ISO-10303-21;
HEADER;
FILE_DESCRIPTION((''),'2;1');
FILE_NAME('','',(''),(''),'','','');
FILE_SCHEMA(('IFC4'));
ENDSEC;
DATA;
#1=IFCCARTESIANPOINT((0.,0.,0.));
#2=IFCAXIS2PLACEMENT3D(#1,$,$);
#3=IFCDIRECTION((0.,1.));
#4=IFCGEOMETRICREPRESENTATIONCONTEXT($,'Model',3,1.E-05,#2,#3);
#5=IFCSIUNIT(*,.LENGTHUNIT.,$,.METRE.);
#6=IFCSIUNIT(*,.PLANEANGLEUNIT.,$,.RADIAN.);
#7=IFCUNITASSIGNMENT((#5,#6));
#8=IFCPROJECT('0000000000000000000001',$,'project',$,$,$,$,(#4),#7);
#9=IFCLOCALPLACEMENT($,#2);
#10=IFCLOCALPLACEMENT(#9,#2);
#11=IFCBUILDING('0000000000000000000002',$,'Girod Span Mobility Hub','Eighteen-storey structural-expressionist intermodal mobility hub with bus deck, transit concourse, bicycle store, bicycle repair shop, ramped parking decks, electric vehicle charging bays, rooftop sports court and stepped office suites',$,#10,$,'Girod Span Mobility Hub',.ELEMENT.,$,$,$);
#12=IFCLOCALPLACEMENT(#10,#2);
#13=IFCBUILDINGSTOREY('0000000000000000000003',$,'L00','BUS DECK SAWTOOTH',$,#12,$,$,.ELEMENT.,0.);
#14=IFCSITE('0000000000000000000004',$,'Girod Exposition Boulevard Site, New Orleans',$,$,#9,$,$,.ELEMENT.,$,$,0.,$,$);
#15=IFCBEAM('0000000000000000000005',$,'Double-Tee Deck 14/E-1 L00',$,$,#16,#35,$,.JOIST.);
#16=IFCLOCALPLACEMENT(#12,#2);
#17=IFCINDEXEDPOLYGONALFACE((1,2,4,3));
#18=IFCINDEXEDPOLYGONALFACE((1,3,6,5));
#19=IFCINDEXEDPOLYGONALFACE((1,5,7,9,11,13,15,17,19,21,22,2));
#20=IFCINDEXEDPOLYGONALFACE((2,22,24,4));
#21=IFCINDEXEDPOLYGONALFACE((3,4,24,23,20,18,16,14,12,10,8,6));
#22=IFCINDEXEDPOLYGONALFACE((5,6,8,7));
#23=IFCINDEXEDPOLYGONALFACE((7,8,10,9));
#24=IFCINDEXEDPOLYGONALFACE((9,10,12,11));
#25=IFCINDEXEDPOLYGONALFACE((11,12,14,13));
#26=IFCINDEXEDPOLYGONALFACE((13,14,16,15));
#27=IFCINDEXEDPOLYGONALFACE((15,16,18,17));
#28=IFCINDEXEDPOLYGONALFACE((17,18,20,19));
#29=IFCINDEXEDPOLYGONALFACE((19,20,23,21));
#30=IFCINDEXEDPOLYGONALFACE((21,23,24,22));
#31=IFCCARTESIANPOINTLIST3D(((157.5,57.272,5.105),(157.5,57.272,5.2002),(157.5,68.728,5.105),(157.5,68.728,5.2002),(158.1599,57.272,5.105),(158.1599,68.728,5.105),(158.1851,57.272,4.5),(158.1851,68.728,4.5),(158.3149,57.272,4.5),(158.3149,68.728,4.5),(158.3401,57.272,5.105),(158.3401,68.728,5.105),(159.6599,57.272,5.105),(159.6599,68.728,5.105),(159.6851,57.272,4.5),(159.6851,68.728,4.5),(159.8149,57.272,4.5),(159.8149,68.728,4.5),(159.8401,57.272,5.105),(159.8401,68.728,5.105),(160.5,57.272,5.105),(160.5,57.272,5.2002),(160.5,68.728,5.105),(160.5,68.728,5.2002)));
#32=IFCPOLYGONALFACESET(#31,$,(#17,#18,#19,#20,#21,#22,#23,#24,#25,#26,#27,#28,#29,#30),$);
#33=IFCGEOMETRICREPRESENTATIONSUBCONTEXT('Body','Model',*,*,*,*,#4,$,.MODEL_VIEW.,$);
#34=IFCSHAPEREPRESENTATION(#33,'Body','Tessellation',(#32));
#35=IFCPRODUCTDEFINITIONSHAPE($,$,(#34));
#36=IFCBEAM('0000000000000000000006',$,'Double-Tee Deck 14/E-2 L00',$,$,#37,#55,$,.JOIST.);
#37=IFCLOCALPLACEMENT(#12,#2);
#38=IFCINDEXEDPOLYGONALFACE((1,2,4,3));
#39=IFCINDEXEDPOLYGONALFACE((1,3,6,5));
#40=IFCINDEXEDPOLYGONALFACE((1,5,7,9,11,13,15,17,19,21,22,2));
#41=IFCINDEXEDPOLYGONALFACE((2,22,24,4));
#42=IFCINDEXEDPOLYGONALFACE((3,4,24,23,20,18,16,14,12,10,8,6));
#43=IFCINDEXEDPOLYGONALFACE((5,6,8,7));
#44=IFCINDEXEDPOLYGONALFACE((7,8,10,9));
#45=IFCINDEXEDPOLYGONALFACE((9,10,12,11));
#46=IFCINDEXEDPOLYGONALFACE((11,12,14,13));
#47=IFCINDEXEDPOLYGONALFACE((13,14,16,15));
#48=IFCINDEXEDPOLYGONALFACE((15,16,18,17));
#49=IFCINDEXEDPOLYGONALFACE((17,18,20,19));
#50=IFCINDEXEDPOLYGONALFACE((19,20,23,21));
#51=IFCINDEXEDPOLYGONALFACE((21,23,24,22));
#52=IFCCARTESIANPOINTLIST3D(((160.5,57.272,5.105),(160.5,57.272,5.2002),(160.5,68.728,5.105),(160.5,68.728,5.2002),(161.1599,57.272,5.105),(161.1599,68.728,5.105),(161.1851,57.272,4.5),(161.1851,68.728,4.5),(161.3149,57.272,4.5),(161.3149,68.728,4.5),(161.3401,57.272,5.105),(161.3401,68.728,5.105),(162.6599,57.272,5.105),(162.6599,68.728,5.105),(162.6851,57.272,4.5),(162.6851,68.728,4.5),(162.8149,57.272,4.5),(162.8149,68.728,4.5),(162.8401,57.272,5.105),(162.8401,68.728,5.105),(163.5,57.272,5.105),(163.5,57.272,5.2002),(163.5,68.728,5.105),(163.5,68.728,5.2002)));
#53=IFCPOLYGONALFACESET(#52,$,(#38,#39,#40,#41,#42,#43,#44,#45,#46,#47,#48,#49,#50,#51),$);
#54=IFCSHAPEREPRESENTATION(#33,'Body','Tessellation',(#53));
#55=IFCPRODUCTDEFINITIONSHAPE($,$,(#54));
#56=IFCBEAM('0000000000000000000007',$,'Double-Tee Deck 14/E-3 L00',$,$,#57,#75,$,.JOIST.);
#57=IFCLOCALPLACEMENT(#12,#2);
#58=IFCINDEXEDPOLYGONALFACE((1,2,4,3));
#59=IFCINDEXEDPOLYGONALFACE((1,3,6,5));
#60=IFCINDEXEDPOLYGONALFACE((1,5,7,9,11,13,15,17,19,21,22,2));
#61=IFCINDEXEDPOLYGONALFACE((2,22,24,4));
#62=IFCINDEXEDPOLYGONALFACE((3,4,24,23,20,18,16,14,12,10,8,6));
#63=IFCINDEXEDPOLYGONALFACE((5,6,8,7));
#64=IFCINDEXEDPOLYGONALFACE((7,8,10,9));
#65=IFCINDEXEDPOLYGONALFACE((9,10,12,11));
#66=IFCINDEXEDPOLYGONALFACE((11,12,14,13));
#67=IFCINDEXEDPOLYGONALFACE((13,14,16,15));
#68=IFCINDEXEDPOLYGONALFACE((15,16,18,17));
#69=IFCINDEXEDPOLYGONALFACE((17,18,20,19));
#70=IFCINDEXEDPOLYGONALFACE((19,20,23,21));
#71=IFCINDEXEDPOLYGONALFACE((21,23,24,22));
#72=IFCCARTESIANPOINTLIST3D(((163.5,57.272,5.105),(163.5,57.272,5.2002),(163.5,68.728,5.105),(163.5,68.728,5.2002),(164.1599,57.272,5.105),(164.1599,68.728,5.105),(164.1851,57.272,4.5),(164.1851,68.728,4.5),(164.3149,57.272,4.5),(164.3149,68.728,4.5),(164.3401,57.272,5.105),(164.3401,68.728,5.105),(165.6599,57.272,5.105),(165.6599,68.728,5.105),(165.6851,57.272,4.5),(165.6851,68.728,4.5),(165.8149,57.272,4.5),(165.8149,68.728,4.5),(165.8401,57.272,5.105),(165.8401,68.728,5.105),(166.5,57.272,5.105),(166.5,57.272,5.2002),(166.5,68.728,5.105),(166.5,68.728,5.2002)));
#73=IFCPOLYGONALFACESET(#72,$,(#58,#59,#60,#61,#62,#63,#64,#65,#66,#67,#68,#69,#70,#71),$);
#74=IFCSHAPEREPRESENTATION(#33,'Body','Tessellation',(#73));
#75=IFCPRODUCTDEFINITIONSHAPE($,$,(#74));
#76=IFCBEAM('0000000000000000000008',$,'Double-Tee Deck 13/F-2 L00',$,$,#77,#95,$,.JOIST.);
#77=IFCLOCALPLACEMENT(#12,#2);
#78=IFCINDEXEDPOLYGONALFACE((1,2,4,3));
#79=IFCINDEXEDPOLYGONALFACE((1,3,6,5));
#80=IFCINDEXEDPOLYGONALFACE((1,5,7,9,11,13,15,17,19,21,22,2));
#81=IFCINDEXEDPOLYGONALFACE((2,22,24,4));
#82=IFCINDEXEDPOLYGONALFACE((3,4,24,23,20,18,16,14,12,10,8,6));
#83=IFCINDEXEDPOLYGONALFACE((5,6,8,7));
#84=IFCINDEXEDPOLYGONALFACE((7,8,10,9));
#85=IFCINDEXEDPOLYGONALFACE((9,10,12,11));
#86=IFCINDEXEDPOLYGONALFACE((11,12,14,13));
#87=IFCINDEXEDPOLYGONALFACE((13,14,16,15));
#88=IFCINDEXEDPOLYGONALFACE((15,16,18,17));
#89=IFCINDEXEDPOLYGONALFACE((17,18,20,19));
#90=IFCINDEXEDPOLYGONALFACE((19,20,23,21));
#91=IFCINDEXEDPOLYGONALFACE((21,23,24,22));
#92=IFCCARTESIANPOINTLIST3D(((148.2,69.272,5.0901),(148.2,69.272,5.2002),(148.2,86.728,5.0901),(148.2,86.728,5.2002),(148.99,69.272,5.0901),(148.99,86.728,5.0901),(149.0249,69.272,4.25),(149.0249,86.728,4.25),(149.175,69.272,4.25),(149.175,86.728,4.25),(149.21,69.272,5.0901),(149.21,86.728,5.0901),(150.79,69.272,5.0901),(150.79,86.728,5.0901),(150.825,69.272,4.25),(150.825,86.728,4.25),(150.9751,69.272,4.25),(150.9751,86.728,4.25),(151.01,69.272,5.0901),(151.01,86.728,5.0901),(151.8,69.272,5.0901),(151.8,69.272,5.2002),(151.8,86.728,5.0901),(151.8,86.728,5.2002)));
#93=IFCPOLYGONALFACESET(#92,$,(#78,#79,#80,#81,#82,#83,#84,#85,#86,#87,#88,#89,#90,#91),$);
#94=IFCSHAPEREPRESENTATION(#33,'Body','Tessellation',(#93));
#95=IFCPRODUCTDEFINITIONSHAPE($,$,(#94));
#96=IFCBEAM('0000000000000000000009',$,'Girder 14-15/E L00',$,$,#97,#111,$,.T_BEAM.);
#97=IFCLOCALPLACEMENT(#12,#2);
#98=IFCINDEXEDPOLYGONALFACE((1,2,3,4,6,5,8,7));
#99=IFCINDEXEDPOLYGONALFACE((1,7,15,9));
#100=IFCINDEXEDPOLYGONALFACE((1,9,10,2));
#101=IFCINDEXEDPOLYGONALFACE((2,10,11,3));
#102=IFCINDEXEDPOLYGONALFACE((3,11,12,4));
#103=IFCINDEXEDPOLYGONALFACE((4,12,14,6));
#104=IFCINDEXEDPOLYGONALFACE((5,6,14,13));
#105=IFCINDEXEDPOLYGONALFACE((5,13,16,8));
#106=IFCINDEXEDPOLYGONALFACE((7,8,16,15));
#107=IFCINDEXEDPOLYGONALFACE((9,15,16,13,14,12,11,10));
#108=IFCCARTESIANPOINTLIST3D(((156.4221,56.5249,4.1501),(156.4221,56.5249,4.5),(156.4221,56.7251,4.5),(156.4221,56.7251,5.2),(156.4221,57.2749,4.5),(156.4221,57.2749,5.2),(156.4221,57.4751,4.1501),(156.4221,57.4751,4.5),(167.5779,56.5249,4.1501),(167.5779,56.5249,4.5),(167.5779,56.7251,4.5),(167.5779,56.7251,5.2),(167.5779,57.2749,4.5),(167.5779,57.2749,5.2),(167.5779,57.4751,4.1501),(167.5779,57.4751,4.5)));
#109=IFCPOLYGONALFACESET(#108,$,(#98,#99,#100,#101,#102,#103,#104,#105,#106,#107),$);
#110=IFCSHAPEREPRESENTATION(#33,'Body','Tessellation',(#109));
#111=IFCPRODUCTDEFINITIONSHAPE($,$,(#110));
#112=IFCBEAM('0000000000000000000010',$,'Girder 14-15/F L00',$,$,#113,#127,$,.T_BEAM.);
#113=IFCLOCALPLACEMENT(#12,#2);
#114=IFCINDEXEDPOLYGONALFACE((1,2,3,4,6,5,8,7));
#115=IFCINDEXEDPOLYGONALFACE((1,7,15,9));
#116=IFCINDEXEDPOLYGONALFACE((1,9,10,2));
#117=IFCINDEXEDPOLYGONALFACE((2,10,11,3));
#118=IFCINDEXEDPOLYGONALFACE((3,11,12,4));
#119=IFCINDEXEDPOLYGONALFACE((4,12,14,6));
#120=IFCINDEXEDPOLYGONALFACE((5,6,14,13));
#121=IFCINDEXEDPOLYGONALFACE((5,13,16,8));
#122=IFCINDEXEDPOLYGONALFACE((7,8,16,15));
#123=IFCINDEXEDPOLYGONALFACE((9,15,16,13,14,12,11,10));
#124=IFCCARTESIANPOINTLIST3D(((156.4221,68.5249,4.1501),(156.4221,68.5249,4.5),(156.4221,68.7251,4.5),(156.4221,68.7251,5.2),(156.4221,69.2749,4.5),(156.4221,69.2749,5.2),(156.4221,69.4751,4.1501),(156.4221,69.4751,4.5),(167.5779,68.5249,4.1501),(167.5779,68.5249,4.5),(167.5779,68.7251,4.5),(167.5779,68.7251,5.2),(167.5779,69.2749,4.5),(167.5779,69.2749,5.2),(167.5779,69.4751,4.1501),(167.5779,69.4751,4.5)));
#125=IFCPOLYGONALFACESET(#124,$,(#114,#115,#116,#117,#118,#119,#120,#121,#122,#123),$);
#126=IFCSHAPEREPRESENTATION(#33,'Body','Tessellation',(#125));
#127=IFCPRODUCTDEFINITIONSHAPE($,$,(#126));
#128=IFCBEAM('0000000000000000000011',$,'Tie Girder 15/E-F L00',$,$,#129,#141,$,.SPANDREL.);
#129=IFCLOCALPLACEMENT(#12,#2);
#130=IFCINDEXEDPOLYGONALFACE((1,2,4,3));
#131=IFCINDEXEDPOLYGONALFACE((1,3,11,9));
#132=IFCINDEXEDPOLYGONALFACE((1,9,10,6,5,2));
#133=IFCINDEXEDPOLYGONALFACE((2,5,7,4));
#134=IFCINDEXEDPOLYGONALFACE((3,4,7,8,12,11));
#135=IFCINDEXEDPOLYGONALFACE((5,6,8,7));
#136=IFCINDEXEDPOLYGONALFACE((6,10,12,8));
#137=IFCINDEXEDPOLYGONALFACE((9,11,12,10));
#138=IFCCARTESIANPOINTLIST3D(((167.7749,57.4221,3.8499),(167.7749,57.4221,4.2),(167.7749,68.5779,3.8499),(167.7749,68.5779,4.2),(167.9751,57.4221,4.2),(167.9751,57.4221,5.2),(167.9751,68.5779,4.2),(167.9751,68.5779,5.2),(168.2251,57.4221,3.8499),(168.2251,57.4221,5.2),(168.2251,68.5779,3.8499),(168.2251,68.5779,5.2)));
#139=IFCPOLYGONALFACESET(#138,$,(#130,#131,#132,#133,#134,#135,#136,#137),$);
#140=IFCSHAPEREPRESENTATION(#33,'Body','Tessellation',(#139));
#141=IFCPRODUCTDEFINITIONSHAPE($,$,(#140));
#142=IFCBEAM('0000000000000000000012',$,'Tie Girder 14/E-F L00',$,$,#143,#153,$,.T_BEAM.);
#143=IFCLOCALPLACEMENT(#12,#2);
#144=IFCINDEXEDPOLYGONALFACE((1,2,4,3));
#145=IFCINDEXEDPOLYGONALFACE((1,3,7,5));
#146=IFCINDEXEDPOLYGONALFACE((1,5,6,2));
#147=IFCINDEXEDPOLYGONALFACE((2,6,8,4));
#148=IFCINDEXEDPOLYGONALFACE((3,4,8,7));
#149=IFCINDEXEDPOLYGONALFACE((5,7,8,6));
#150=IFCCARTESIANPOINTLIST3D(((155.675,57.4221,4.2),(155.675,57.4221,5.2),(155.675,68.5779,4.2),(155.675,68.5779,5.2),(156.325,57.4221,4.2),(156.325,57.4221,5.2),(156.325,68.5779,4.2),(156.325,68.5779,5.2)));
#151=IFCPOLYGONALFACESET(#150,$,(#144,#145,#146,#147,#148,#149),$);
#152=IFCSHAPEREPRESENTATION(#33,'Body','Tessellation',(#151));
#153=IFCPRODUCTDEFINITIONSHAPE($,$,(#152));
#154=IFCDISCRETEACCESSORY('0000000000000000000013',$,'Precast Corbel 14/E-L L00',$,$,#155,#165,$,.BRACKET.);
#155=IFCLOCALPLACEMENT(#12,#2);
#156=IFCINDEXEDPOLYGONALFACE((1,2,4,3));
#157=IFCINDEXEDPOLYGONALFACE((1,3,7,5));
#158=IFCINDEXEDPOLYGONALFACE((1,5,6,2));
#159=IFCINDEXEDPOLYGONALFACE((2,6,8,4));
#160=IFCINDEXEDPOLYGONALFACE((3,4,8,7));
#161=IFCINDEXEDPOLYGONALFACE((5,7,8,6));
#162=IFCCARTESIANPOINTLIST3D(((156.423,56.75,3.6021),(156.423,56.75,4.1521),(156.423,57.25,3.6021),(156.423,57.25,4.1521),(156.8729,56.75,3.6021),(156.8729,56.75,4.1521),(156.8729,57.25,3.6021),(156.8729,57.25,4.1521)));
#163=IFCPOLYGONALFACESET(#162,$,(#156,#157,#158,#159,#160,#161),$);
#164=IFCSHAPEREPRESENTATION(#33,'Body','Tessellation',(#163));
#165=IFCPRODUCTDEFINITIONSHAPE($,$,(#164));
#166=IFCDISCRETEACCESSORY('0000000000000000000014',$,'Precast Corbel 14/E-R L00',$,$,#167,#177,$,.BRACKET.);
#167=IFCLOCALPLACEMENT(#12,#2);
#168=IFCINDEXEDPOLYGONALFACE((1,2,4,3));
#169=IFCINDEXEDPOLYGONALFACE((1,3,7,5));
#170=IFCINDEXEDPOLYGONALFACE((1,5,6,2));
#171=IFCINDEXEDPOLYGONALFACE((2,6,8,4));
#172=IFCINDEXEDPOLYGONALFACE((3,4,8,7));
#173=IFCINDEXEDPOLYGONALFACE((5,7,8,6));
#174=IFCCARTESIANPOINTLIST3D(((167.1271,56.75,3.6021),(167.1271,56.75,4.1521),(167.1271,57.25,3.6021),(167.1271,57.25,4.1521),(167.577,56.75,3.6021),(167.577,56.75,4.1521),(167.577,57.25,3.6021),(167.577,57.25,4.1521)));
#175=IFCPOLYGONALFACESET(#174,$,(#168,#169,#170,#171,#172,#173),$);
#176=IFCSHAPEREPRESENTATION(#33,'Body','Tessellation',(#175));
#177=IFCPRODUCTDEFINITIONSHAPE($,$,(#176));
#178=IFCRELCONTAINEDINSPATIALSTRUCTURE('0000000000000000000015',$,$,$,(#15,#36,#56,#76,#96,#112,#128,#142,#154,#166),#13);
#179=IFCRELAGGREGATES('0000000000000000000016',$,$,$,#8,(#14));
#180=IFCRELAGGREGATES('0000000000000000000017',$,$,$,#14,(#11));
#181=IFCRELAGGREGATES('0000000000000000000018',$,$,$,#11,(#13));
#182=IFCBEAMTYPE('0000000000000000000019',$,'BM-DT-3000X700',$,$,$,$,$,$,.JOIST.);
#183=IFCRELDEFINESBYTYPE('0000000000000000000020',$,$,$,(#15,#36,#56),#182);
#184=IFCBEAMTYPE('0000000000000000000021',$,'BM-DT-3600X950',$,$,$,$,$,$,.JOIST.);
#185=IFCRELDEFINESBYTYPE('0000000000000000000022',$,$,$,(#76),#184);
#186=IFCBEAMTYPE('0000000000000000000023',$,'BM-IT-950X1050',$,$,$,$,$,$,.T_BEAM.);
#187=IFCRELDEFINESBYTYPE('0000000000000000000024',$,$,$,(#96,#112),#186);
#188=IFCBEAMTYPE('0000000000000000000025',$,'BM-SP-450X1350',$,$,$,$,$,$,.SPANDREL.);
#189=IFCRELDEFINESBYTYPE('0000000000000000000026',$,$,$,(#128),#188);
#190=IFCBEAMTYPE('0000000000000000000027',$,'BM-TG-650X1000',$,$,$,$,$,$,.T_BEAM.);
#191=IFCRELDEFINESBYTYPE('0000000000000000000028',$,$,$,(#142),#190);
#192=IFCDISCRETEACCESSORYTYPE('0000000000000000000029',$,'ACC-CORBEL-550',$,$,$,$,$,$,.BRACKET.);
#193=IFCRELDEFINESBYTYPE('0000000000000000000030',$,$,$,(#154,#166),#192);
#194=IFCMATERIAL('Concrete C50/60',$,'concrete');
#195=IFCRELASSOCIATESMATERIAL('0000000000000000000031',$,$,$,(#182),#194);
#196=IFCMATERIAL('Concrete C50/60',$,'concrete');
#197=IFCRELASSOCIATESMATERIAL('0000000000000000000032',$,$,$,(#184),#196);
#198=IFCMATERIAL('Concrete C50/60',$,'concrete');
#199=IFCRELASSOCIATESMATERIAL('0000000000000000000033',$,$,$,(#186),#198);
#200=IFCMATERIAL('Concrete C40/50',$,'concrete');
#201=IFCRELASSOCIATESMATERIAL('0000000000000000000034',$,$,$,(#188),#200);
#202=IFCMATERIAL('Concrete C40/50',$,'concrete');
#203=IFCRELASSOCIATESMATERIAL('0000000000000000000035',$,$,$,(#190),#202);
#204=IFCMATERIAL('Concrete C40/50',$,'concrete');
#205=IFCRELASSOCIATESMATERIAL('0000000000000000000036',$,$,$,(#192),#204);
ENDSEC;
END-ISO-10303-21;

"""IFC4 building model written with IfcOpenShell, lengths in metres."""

from ifc_helpers import new_model, si_unit, direction, frame, origin, origin_2d, place, context, subcontext, project, spatial, polyline, rectangle, outline, extrude, material, material_profile, profile_set, type_object, element, save


model = new_model("IFC4")

# Units and contexts
model_context = context("Model", 3, precision=1e-05, world=origin(), true_north=direction((0.0, 1.0)))
body_context = subcontext(model_context, "Body", "Model", "MODEL_VIEW")
ifc_project = project(units=[si_unit("LENGTHUNIT", "METRE"), si_unit("PLANEANGLEUNIT", "RADIAN")], contexts=[model_context])

# Site, building, storey
site_placement = place(None, origin())
site = spatial("IfcSite", under=ifc_project, at=site_placement, Name="Girod Exposition Boulevard Site, New Orleans", CompositionType="ELEMENT", RefElevation=0.0)
building_placement = place(site_placement, origin())
building = spatial("IfcBuilding", under=site, at=building_placement, Name="Girod Span Mobility Hub", Description="Eighteen-storey structural-expressionist intermodal mobility hub with bus deck, transit concourse, bicycle store, bicycle repair shop, ramped parking decks, electric vehicle charging bays, rooftop sports court and stepped office suites", LongName="Girod Span Mobility Hub", CompositionType="ELEMENT")
storey_placement = place(building_placement, origin())
storey = spatial("IfcBuildingStorey", under=building, at=storey_placement, Name="L00", Description="BUS DECK SAWTOOTH", CompositionType="ELEMENT", Elevation=0.0)

# Beams
ifc_material_1 = material(Name="Concrete C50/60", Category="concrete")
ifc_material_profile_1 = material_profile(ifc_material_1, outline(polyline([(-1.5, 0.3501), (-1.5, 0.2549), (-0.8401, 0.2549), (-0.8149, -0.3501), (-0.6851, -0.3501), (-0.6599, 0.2549), (0.6599, 0.2549), (0.6851, -0.3501), (0.8149, -0.3501), (0.8401, 0.2549), (1.5, 0.2549), (1.5, 0.3501), (-1.5, 0.3501)])), Name="DT-3000X700")
ifc_profile_set_1 = profile_set([ifc_material_profile_1], Name="Concrete C50/60")
beam_type_1 = type_object("IfcBeamType", Name="BM-DT-3000X700", PredefinedType="JOIST", material=ifc_profile_set_1)
for number, where, z_axis, x_axis, name in (
    (1, (159.0, 57.272, 4.8501), (0.0, 1.0, 0.0), (-1.0, 0.0, 0.0), "Double-Tee Deck 14/E-1 L00"),
    (2, (162.0, 57.272, 4.8501), (0.0, 1.0, 0.0), (-1.0, 0.0, 0.0), "Double-Tee Deck 14/E-2 L00"),
    (3, (165.0, 57.272, 4.8501), (0.0, 1.0, 0.0), (-1.0, 0.0, 0.0), "Double-Tee Deck 14/E-3 L00"),
):
    element("IfcBeam", number, at=place(storey_placement, frame(where, z_axis=z_axis, x_axis=x_axis)), inside=storey, type_object=beam_type_1, Name=name, PredefinedType="JOIST", context=body_context, shape_type="SweptSolid", body=[
        extrude(outline(polyline([(-1.5, 0.3501), (-1.5, 0.2549), (-0.8401, 0.2549), (-0.8149, -0.3501), (-0.6851, -0.3501), (-0.6599, 0.2549), (0.6599, 0.2549), (0.6851, -0.3501), (0.8149, -0.3501), (0.8401, 0.2549), (1.5, 0.2549), (1.5, 0.3501), (-1.5, 0.3501)])), origin(), (0.0, 0.0, 1.0), 11.4561),
    ])
ifc_material_2 = material(Name="Concrete C50/60", Category="concrete")
ifc_material_profile_2 = material_profile(ifc_material_2, outline(polyline([(-1.8, 0.4751), (-1.8, 0.365), (-1.01, 0.365), (-0.9751, -0.4751), (-0.825, -0.4751), (-0.79, 0.365), (0.79, 0.365), (0.825, -0.4751), (0.9751, -0.4751), (1.01, 0.365), (1.8, 0.365), (1.8, 0.4751), (-1.8, 0.4751)])), Name="DT-3600X950")
ifc_profile_set_2 = profile_set([ifc_material_profile_2], Name="Concrete C50/60")
beam_type_2 = type_object("IfcBeamType", Name="BM-DT-3600X950", PredefinedType="JOIST", material=ifc_profile_set_2)
beam_1_placement = place(storey_placement, frame((150.0, 69.272, 4.7251), z_axis=(0.0, 1.0, 0.0), x_axis=(-1.0, 0.0, 0.0)))
element("IfcBeam", 4, at=beam_1_placement, inside=storey, type_object=beam_type_2, Name="Double-Tee Deck 13/F-2 L00", PredefinedType="JOIST", context=body_context, shape_type="SweptSolid", body=[
    extrude(outline(polyline([(-1.8, 0.4751), (-1.8, 0.365), (-1.01, 0.365), (-0.9751, -0.4751), (-0.825, -0.4751), (-0.79, 0.365), (0.79, 0.365), (0.825, -0.4751), (0.9751, -0.4751), (1.01, 0.365), (1.8, 0.365), (1.8, 0.4751), (-1.8, 0.4751)])), origin(), (0.0, 0.0, 1.0), 17.4561),
])
ifc_material_3 = material(Name="Concrete C50/60", Category="concrete")
ifc_material_profile_3 = material_profile(ifc_material_3, outline(polyline([(-0.4751, -0.5249), (0.4751, -0.5249), (0.4751, -0.175), (0.2749, -0.175), (0.2749, 0.5249), (-0.2749, 0.5249), (-0.2749, -0.175), (-0.4751, -0.175), (-0.4751, -0.5249)])), Name="IT-950X1050")
ifc_profile_set_3 = profile_set([ifc_material_profile_3], Name="Concrete C50/60")
beam_type_3 = type_object("IfcBeamType", Name="BM-IT-950X1050", PredefinedType="T_BEAM", material=ifc_profile_set_3)
for number, where, z_axis, x_axis, name in (
    (5, (156.4221, 57.0, 4.675), (1.0, 0.0, 0.0), (0.0, 1.0, 0.0), "Girder 14-15/E L00"),
    (6, (156.4221, 69.0, 4.675), (1.0, 0.0, 0.0), (0.0, 1.0, 0.0), "Girder 14-15/F L00"),
):
    element("IfcBeam", number, at=place(storey_placement, frame(where, z_axis=z_axis, x_axis=x_axis)), inside=storey, type_object=beam_type_3, Name=name, PredefinedType="T_BEAM", context=body_context, shape_type="SweptSolid", body=[
        extrude(outline(polyline([(-0.4751, -0.5249), (0.4751, -0.5249), (0.4751, -0.175), (0.2749, -0.175), (0.2749, 0.5249), (-0.2749, 0.5249), (-0.2749, -0.175), (-0.4751, -0.175), (-0.4751, -0.5249)])), origin(), (0.0, 0.0, 1.0), 11.1558),
    ])
ifc_material_4 = material(Name="Concrete C40/50", Category="concrete")
ifc_material_profile_4 = material_profile(ifc_material_4, outline(polyline([(-0.2251, -0.675), (0.2251, -0.675), (0.2251, -0.325), (0.0249, -0.325), (0.0249, 0.675), (-0.2251, 0.675), (-0.2251, -0.675)])), Name="SP-450X1350")
ifc_profile_set_4 = profile_set([ifc_material_profile_4], Name="Concrete C40/50")
beam_type_4 = type_object("IfcBeamType", Name="BM-SP-450X1350", PredefinedType="SPANDREL", material=ifc_profile_set_4)
beam_2_placement = place(storey_placement, frame((168.0, 57.4221, 4.5249), z_axis=(0.0, 1.0, 0.0), x_axis=(-1.0, 0.0, 0.0)))
element("IfcBeam", 7, at=beam_2_placement, inside=storey, type_object=beam_type_4, Name="Tie Girder 15/E-F L00", PredefinedType="SPANDREL", context=body_context, shape_type="SweptSolid", body=[
    extrude(outline(polyline([(-0.2251, -0.675), (0.2251, -0.675), (0.2251, -0.325), (0.0249, -0.325), (0.0249, 0.675), (-0.2251, 0.675), (-0.2251, -0.675)])), origin(), (0.0, 0.0, 1.0), 11.1558),
])
ifc_material_5 = material(Name="Concrete C40/50", Category="concrete")
ifc_material_profile_5 = material_profile(ifc_material_5, rectangle(XDim=0.6499, YDim=1.0, at=origin_2d()), Name="TG-650X1000")
ifc_profile_set_5 = profile_set([ifc_material_profile_5], Name="Concrete C40/50")
beam_type_5 = type_object("IfcBeamType", Name="BM-TG-650X1000", PredefinedType="T_BEAM", material=ifc_profile_set_5)
beam_3_placement = place(storey_placement, frame((156.0, 57.4221, 4.7), z_axis=(0.0, 1.0, 0.0), x_axis=(-1.0, 0.0, 0.0)))
element("IfcBeam", 8, at=beam_3_placement, inside=storey, type_object=beam_type_5, Name="Tie Girder 14/E-F L00", PredefinedType="T_BEAM", context=body_context, shape_type="SweptSolid", body=[
    extrude(rectangle(XDim=0.6499, YDim=1.0, at=origin_2d()), origin(), (0.0, 0.0, 1.0), 11.1558),
])

# Discrete accessories
ifc_material_6 = material(Name="Concrete C40/50", Category="concrete")
discrete_accessory_type = type_object("IfcDiscreteAccessoryType", Name="ACC-CORBEL-550", PredefinedType="BRACKET", material=ifc_material_6)
for number, where, z_axis, x_axis, name in (
    (9, (156.6479, 57.0, 3.6021), (0.0, 0.0, 1.0), (1.0, 0.0, 0.0), "Precast Corbel 14/E-L L00"),
    (10, (167.3521, 57.0, 3.6021), (0.0, 0.0, 1.0), (1.0, 0.0, 0.0), "Precast Corbel 14/E-R L00"),
):
    element("IfcDiscreteAccessory", number, at=place(storey_placement, frame(where, z_axis=z_axis, x_axis=x_axis)), inside=storey, type_object=discrete_accessory_type, Name=name, PredefinedType="BRACKET", context=body_context, shape_type="SweptSolid", body=[
        extrude(rectangle(XDim=0.45, YDim=0.5, at=origin_2d()), origin(), (0.0, 0.0, 1.0), 0.55),
    ])

save(model, "model.ifc")
